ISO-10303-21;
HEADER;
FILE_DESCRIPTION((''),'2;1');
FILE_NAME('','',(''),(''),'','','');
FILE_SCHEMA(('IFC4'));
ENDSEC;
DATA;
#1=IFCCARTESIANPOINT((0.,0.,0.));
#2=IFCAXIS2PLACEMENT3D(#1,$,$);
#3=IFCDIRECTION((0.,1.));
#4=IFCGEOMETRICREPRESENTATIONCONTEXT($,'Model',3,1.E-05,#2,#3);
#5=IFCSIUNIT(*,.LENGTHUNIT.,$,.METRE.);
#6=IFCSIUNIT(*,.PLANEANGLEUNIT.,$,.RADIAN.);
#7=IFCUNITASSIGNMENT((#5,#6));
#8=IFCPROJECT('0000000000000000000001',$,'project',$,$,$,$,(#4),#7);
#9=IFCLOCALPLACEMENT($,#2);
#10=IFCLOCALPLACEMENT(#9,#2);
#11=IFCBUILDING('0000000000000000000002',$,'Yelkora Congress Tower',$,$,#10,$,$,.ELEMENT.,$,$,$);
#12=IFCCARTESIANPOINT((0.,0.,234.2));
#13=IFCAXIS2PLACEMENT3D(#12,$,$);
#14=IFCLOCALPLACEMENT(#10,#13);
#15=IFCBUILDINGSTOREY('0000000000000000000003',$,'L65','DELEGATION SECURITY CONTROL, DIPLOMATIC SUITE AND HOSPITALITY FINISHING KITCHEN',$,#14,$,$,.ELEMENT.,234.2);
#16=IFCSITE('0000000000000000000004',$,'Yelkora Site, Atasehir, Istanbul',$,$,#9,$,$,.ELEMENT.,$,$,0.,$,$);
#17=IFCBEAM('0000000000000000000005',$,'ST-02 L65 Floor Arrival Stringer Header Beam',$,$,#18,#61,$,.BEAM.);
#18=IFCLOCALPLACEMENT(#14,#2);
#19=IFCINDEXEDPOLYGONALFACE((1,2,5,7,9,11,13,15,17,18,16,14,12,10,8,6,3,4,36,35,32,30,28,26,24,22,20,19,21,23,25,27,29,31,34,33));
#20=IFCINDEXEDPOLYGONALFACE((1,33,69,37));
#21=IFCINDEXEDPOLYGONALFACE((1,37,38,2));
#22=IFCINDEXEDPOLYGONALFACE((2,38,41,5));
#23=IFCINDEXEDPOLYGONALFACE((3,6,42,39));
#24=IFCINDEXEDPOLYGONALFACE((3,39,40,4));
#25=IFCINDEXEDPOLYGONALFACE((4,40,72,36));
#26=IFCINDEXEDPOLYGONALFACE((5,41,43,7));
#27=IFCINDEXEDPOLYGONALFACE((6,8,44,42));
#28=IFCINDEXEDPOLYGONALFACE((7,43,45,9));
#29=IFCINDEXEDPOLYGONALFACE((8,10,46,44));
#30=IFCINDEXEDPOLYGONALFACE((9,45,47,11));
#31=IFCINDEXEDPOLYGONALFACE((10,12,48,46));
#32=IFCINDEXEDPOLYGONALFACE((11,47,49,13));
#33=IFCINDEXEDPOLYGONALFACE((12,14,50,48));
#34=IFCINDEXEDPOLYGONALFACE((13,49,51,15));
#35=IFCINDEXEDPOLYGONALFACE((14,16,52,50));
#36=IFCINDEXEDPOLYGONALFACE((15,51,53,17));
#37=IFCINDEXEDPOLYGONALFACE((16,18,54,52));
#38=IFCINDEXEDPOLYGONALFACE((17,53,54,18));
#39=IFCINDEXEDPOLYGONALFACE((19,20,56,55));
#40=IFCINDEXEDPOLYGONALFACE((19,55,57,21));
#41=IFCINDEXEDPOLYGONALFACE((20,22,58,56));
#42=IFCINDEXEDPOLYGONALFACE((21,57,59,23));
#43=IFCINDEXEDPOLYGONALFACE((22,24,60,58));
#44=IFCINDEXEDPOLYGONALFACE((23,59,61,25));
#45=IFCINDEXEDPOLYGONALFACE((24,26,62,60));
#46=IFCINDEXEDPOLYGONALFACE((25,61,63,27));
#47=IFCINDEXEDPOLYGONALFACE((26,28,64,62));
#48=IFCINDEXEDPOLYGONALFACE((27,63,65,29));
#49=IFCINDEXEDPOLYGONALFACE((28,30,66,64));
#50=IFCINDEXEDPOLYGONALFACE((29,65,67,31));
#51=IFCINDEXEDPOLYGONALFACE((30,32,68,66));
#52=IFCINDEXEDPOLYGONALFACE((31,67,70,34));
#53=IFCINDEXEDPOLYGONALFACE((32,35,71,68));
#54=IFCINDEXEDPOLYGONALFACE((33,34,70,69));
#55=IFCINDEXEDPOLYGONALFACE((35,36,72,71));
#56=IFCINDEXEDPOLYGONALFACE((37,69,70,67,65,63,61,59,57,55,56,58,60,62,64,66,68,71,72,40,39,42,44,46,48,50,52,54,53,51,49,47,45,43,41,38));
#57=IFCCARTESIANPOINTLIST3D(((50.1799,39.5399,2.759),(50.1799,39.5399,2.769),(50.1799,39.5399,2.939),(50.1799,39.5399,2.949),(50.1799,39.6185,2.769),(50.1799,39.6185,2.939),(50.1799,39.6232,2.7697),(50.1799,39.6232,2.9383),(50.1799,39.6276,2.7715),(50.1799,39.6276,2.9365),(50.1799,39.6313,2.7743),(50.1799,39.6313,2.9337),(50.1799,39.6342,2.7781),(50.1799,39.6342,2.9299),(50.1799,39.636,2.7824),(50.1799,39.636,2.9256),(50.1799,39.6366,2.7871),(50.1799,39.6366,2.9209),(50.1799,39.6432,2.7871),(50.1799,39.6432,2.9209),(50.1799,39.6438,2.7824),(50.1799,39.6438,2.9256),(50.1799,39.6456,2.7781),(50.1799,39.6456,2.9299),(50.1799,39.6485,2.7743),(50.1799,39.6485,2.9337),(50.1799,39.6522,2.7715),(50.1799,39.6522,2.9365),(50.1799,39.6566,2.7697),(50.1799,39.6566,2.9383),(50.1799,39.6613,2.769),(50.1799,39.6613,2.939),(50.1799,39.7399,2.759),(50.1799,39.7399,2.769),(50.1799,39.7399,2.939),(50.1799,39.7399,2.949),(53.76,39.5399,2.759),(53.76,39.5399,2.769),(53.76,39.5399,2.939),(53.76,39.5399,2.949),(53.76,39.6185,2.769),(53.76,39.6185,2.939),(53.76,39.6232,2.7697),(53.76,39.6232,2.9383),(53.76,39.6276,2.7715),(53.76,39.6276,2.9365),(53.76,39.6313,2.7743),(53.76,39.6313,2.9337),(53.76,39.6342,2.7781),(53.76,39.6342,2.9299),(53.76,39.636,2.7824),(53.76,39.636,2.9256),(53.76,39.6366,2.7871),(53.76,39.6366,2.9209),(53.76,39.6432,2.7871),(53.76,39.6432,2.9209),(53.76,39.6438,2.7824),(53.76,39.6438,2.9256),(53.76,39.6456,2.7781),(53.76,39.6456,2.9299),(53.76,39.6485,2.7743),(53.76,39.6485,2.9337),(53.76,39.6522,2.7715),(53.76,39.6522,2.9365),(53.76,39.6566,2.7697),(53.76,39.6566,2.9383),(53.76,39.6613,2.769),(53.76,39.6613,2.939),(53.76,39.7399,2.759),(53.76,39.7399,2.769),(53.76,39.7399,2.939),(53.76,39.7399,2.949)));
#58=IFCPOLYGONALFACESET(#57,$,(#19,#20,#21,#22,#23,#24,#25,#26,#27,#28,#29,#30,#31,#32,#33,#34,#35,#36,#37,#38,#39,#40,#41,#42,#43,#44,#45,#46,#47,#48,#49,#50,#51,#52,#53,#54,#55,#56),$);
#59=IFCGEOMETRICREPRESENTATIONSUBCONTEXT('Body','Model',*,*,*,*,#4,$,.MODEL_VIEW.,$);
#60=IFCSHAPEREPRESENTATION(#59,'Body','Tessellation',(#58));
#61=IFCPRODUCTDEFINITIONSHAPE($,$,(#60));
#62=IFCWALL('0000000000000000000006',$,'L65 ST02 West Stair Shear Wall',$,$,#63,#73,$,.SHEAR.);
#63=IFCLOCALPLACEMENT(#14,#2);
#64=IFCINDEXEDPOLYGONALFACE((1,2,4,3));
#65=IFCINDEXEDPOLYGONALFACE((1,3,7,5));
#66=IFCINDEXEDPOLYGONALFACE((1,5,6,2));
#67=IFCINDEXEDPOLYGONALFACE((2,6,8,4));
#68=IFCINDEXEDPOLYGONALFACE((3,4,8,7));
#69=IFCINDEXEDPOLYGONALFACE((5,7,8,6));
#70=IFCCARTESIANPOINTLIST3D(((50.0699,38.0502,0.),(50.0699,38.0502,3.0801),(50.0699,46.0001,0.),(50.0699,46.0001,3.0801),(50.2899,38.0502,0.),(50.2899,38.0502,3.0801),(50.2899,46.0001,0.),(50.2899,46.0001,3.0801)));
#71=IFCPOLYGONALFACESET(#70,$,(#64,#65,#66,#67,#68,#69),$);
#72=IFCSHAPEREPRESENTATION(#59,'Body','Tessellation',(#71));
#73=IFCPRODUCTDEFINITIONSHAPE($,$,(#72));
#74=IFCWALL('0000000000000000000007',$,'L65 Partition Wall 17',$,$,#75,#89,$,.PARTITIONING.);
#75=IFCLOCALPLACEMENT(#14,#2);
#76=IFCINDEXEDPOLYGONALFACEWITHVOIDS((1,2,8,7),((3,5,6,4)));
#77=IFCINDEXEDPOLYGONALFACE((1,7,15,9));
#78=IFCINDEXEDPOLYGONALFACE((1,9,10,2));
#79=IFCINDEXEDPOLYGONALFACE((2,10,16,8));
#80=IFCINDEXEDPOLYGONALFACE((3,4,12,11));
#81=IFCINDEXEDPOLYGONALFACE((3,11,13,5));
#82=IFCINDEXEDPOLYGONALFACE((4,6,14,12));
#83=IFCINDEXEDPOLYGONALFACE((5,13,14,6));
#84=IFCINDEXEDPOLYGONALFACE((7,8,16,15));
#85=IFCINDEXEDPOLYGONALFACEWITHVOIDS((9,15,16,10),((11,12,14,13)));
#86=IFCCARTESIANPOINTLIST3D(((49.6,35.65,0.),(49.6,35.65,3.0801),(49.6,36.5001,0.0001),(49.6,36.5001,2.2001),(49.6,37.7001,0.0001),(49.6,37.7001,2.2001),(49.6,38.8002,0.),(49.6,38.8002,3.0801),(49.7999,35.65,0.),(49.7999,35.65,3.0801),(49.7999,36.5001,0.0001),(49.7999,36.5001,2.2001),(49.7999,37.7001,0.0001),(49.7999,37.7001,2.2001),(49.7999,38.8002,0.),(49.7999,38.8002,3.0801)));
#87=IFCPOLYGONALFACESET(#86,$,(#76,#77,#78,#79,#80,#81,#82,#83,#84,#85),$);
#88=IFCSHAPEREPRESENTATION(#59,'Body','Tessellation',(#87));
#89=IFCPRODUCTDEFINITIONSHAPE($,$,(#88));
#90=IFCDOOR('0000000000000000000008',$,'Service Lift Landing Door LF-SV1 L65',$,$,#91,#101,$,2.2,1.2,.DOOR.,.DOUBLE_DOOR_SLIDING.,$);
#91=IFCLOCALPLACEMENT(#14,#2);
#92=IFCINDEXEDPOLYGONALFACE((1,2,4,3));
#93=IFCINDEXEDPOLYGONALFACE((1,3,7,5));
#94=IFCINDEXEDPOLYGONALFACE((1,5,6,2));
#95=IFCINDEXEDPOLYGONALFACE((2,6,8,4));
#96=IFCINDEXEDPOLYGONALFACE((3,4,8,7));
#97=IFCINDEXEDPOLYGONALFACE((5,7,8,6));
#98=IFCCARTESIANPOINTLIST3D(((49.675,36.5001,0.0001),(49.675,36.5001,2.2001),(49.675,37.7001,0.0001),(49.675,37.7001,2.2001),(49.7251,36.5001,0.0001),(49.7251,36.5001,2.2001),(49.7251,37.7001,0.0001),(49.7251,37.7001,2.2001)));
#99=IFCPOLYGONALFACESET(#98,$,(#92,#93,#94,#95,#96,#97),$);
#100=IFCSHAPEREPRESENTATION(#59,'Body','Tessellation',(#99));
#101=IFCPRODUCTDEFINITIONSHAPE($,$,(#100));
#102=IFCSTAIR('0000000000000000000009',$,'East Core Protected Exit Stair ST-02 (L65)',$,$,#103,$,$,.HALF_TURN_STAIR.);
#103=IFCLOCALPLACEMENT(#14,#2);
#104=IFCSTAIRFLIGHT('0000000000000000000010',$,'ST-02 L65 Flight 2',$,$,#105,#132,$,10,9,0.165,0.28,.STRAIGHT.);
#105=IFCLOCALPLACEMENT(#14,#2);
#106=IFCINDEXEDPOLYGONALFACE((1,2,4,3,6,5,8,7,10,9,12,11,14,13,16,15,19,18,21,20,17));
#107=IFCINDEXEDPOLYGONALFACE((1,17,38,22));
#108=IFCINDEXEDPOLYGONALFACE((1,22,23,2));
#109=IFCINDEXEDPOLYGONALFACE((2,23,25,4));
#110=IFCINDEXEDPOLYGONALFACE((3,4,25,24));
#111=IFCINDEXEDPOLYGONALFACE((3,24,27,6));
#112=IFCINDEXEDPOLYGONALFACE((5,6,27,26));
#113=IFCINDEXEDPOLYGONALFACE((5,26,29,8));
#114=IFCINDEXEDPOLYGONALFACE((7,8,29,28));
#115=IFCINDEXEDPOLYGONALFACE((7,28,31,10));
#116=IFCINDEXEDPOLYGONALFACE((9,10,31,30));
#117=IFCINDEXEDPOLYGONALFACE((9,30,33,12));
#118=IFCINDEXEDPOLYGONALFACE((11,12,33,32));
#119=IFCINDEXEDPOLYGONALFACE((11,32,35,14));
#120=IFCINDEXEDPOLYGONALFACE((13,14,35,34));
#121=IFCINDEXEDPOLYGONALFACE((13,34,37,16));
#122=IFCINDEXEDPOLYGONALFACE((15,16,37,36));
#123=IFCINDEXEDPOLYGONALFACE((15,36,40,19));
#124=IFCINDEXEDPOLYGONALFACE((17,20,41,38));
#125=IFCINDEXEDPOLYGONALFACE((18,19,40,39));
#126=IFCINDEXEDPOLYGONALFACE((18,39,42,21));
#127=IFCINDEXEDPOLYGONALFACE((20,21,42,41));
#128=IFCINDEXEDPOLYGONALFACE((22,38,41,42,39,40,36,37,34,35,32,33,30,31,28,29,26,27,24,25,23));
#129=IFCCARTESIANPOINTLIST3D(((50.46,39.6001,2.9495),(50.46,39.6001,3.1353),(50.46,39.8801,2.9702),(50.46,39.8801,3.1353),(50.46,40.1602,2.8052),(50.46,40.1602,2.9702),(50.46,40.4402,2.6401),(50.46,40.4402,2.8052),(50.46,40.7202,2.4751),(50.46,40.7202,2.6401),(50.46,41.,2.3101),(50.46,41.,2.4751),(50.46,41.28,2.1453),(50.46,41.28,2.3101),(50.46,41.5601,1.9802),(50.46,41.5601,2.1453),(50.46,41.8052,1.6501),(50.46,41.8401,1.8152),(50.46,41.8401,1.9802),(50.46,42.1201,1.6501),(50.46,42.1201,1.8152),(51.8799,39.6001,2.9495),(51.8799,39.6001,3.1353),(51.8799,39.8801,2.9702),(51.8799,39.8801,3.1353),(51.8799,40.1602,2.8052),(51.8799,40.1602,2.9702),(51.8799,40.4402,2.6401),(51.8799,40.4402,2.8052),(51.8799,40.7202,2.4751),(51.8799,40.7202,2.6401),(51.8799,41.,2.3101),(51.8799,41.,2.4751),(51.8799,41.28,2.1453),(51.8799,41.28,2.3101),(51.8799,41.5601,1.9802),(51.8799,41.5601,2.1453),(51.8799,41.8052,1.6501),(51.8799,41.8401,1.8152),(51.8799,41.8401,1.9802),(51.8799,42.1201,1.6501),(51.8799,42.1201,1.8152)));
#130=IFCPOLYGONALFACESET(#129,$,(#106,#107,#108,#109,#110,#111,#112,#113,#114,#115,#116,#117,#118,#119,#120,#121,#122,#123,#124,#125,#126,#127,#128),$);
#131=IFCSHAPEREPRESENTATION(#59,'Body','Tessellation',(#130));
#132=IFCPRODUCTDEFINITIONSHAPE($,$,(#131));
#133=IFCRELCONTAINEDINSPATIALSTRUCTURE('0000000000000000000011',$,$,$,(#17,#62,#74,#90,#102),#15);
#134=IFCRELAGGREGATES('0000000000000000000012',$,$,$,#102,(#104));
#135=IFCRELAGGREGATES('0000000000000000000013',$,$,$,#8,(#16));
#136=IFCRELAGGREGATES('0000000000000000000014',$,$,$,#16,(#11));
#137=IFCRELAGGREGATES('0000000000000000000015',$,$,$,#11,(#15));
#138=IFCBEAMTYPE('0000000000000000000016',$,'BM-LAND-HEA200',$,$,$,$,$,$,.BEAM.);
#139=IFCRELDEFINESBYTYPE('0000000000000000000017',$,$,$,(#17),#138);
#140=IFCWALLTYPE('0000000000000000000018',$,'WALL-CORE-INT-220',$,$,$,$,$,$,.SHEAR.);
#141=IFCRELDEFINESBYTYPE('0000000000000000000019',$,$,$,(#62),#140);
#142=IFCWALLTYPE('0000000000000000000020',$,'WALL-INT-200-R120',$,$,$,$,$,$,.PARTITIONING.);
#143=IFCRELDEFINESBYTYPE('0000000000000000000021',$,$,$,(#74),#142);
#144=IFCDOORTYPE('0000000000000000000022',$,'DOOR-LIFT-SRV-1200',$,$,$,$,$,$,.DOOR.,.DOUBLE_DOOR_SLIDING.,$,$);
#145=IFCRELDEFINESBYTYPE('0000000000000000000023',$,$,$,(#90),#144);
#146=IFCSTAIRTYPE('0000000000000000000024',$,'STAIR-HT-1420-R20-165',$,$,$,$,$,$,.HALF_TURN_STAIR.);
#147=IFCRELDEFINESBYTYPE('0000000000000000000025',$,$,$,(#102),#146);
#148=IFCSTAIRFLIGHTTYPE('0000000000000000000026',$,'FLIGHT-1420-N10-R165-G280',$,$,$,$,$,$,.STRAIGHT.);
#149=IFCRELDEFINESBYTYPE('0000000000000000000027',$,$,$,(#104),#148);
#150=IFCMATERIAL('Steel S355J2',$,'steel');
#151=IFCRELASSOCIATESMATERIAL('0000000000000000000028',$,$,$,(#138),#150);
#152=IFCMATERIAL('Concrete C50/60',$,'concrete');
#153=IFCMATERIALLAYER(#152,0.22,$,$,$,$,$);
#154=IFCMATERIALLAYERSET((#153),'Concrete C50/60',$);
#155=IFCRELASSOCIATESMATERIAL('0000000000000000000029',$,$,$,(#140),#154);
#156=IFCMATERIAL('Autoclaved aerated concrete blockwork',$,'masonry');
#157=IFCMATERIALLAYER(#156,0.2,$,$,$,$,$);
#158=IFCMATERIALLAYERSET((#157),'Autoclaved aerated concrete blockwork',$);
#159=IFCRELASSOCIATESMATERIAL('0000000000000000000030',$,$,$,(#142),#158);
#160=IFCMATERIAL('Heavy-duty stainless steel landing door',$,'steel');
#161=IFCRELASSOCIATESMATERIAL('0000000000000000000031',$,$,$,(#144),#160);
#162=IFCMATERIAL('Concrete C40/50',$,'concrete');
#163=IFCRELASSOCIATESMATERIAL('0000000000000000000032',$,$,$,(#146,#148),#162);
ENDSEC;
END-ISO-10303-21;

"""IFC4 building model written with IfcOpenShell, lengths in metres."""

from ifc_helpers import new_model, si_unit, direction, frame, frame_2d, origin, origin_2d, place, context, subcontext, project, spatial, polyline, rectangle, i_section, outline, extrude, material, layer, layer_set, material_profile, profile_set, type_object, element, fill, aggregate, save


model = new_model("IFC4")

# Units and contexts
model_context = context("Model", 3, precision=1e-05, world=origin(), true_north=direction((0.0, 1.0)))
body_context = subcontext(model_context, "Body", "Model", "MODEL_VIEW")
ifc_project = project(units=[si_unit("LENGTHUNIT", "METRE"), si_unit("PLANEANGLEUNIT", "RADIAN")], contexts=[model_context])

# Site, building, storey
site_placement = place(None, origin())
site = spatial("IfcSite", under=ifc_project, at=site_placement, Name="Yelkora Site, Atasehir, Istanbul", CompositionType="ELEMENT", RefElevation=0.0)
building_placement = place(site_placement, origin())
building = spatial("IfcBuilding", under=site, at=building_placement, Name="Yelkora Congress Tower", CompositionType="ELEMENT")
storey_placement = place(building_placement, frame((0.0, 0.0, 234.2)))
storey = spatial("IfcBuildingStorey", under=building, at=storey_placement, Name="L65", Description="DELEGATION SECURITY CONTROL, DIPLOMATIC SUITE AND HOSPITALITY FINISHING KITCHEN", CompositionType="ELEMENT", Elevation=234.2)

# Beam
ifc_material_1 = material(Name="Steel S355J2", Category="steel")
ifc_material_profile = material_profile(ifc_material_1, i_section(OverallWidth=0.2, OverallDepth=0.1899, WebThickness=0.0066, FlangeThickness=0.01, FilletRadius=0.0181, at=origin_2d()), Name="HEA 200")
ifc_profile_set = profile_set([ifc_material_profile], Name="Steel S355J2")
beam_type = type_object("IfcBeamType", Name="BM-LAND-HEA200", PredefinedType="BEAM", material=ifc_profile_set)
beam_placement = place(storey_placement, frame((50.1799, 39.6399, 2.854), z_axis=(1.0, 0.0, 0.0), x_axis=(0.0, 1.0, 0.0)))
element("IfcBeam", 1, at=beam_placement, inside=storey, type_object=beam_type, Name="ST-02 L65 Floor Arrival Stringer Header Beam", PredefinedType="BEAM", context=body_context, shape_type="SweptSolid", body=[
    extrude(i_section(OverallWidth=0.2, OverallDepth=0.1899, WebThickness=0.0066, FlangeThickness=0.01, FilletRadius=0.0181, at=origin_2d()), origin(), (0.0, 0.0, 1.0), 3.5801),
])

# Wall
ifc_material_2 = material(Name="Concrete C50/60", Category="concrete")
ifc_layer_1 = layer(ifc_material_2, 0.22)
ifc_layer_set_1 = layer_set([ifc_layer_1], Name="Concrete C50/60")
wall_type_1 = type_object("IfcWallType", Name="WALL-CORE-INT-220", PredefinedType="SHEAR", material=ifc_layer_set_1)
wall_1_placement = place(storey_placement, frame((50.1799, 38.05, 0.0), z_axis=(0.0, 0.0, 1.0), x_axis=(0.0, 1.0, 0.0)))
element("IfcWall", 2, at=wall_1_placement, inside=storey, type_object=wall_type_1, Name="L65 ST02 West Stair Shear Wall", PredefinedType="SHEAR", context=body_context, shape_type="SweptSolid", body=[
    extrude(rectangle(XDim=7.95, YDim=0.22, at=frame_2d((3.9751, 0.0))), origin(), (0.0, 0.0, 1.0), 3.0801),
])

# Wall, opening, door
ifc_material_3 = material(Name="Autoclaved aerated concrete blockwork", Category="masonry")
ifc_layer_2 = layer(ifc_material_3, 0.2)
ifc_layer_set_2 = layer_set([ifc_layer_2], Name="Autoclaved aerated concrete blockwork")
wall_type_2 = type_object("IfcWallType", Name="WALL-INT-200-R120", PredefinedType="PARTITIONING", material=ifc_layer_set_2)
wall_2_placement = place(storey_placement, frame((49.7, 35.6499, 0.0), z_axis=(0.0, 0.0, 1.0), x_axis=(0.0, 1.0, 0.0)))
wall_2 = element("IfcWall", 3, at=wall_2_placement, inside=storey, type_object=wall_type_2, Name="L65 Partition Wall 17", PredefinedType="PARTITIONING", context=body_context, shape_type="SweptSolid", body=[
    extrude(rectangle(XDim=3.1501, YDim=0.2, at=frame_2d((1.5752, 0.0))), origin(), (0.0, 0.0, 1.0), 3.0801),
])
opening_1_placement = place(wall_2_placement, frame((0.8501, 0.0, 0.0)))
opening_1 = element("IfcOpeningElement", 4, at=opening_1_placement, cuts=wall_2, PredefinedType="OPENING", context=body_context, shape_type="SweptSolid", body=[
    extrude(rectangle(XDim=1.2, YDim=2.2, at=frame_2d((0.6001, 1.1001))), frame((0.0, 0.1099, 0.0), z_axis=(0.0, -1.0, 0.0), x_axis=(1.0, 0.0, 0.0)), (0.0, 0.0, 1.0), 0.22),
])
ifc_material_4 = material(Name="Heavy-duty stainless steel landing door", Category="steel")
door_type_1 = type_object("IfcDoorType", Name="DOOR-LIFT-SRV-1200", OperationType="DOUBLE_DOOR_SLIDING", PredefinedType="DOOR", material=ifc_material_4)
door_1_placement = place(opening_1_placement, origin())
door_1 = element("IfcDoor", 5, at=door_1_placement, inside=storey, type_object=door_type_1, Name="Service Lift Landing Door LF-SV1 L65", OperationType="DOUBLE_DOOR_SLIDING", OverallHeight=2.2, OverallWidth=1.2, PredefinedType="DOOR", context=body_context, shape_type="SweptSolid", body=[
    extrude(rectangle(XDim=1.2, YDim=2.2, at=frame_2d((0.6001, 1.1001))), frame((0.0, 0.0249, 0.0), z_axis=(0.0, -1.0, 0.0), x_axis=(1.0, 0.0, 0.0)), (0.0, 0.0, 1.0), 0.05),
])
fill(opening_1, door_1)

# Stair, stair flight
ifc_material_5 = material(Name="Concrete C40/50", Category="concrete")
stair_type = type_object("IfcStairType", Name="STAIR-HT-1420-R20-165", PredefinedType="HALF_TURN_STAIR", material=ifc_material_5)
stair_placement = place(storey_placement, origin())
stair = element("IfcStair", 6, at=stair_placement, inside=storey, type_object=stair_type, Name="East Core Protected Exit Stair ST-02 (L65)", PredefinedType="HALF_TURN_STAIR")
stair_flight_type = type_object("IfcStairFlightType", Name="FLIGHT-1420-N10-R165-G280", PredefinedType="STRAIGHT", material=ifc_material_5)
stair_flight_placement = place(storey_placement, frame((51.1699, 42.1201, 1.6501), z_axis=(0.0, 0.0, 1.0), x_axis=(0.0, -1.0, 0.0)))
stair_flight = element("IfcStairFlight", 7, at=stair_flight_placement, type_object=stair_flight_type, Name="ST-02 L65 Flight 2", NumberOfRisers=10, NumberOfTreads=9, PredefinedType="STRAIGHT", RiserHeight=0.165, TreadLength=0.28, context=body_context, shape_type="SweptSolid", body=[
    extrude(outline(polyline([(0.0, 0.0), (0.0, 0.165), (0.28, 0.165), (0.28, 0.3301), (0.5601, 0.3301), (0.5601, 0.4951), (0.8401, 0.4951), (0.8401, 0.6599), (1.1201, 0.6599), (1.1201, 0.825), (1.3999, 0.825), (1.3999, 0.99), (1.6799, 0.99), (1.6799, 1.155), (1.96, 1.155), (1.96, 1.3201), (2.24, 1.3201), (2.24, 1.4851), (2.52, 1.4851), (2.52, 1.6499), (2.52, 1.2993), (0.3149, 0.0), (0.0, 0.0)])), frame((0.0, 0.71, 0.0), z_axis=(0.0, -1.0, 0.0), x_axis=(1.0, 0.0, 0.0)), (0.0, 0.0, 1.0), 1.4199),
])
aggregate(stair, [stair_flight])

save(model, "model.ifc")
